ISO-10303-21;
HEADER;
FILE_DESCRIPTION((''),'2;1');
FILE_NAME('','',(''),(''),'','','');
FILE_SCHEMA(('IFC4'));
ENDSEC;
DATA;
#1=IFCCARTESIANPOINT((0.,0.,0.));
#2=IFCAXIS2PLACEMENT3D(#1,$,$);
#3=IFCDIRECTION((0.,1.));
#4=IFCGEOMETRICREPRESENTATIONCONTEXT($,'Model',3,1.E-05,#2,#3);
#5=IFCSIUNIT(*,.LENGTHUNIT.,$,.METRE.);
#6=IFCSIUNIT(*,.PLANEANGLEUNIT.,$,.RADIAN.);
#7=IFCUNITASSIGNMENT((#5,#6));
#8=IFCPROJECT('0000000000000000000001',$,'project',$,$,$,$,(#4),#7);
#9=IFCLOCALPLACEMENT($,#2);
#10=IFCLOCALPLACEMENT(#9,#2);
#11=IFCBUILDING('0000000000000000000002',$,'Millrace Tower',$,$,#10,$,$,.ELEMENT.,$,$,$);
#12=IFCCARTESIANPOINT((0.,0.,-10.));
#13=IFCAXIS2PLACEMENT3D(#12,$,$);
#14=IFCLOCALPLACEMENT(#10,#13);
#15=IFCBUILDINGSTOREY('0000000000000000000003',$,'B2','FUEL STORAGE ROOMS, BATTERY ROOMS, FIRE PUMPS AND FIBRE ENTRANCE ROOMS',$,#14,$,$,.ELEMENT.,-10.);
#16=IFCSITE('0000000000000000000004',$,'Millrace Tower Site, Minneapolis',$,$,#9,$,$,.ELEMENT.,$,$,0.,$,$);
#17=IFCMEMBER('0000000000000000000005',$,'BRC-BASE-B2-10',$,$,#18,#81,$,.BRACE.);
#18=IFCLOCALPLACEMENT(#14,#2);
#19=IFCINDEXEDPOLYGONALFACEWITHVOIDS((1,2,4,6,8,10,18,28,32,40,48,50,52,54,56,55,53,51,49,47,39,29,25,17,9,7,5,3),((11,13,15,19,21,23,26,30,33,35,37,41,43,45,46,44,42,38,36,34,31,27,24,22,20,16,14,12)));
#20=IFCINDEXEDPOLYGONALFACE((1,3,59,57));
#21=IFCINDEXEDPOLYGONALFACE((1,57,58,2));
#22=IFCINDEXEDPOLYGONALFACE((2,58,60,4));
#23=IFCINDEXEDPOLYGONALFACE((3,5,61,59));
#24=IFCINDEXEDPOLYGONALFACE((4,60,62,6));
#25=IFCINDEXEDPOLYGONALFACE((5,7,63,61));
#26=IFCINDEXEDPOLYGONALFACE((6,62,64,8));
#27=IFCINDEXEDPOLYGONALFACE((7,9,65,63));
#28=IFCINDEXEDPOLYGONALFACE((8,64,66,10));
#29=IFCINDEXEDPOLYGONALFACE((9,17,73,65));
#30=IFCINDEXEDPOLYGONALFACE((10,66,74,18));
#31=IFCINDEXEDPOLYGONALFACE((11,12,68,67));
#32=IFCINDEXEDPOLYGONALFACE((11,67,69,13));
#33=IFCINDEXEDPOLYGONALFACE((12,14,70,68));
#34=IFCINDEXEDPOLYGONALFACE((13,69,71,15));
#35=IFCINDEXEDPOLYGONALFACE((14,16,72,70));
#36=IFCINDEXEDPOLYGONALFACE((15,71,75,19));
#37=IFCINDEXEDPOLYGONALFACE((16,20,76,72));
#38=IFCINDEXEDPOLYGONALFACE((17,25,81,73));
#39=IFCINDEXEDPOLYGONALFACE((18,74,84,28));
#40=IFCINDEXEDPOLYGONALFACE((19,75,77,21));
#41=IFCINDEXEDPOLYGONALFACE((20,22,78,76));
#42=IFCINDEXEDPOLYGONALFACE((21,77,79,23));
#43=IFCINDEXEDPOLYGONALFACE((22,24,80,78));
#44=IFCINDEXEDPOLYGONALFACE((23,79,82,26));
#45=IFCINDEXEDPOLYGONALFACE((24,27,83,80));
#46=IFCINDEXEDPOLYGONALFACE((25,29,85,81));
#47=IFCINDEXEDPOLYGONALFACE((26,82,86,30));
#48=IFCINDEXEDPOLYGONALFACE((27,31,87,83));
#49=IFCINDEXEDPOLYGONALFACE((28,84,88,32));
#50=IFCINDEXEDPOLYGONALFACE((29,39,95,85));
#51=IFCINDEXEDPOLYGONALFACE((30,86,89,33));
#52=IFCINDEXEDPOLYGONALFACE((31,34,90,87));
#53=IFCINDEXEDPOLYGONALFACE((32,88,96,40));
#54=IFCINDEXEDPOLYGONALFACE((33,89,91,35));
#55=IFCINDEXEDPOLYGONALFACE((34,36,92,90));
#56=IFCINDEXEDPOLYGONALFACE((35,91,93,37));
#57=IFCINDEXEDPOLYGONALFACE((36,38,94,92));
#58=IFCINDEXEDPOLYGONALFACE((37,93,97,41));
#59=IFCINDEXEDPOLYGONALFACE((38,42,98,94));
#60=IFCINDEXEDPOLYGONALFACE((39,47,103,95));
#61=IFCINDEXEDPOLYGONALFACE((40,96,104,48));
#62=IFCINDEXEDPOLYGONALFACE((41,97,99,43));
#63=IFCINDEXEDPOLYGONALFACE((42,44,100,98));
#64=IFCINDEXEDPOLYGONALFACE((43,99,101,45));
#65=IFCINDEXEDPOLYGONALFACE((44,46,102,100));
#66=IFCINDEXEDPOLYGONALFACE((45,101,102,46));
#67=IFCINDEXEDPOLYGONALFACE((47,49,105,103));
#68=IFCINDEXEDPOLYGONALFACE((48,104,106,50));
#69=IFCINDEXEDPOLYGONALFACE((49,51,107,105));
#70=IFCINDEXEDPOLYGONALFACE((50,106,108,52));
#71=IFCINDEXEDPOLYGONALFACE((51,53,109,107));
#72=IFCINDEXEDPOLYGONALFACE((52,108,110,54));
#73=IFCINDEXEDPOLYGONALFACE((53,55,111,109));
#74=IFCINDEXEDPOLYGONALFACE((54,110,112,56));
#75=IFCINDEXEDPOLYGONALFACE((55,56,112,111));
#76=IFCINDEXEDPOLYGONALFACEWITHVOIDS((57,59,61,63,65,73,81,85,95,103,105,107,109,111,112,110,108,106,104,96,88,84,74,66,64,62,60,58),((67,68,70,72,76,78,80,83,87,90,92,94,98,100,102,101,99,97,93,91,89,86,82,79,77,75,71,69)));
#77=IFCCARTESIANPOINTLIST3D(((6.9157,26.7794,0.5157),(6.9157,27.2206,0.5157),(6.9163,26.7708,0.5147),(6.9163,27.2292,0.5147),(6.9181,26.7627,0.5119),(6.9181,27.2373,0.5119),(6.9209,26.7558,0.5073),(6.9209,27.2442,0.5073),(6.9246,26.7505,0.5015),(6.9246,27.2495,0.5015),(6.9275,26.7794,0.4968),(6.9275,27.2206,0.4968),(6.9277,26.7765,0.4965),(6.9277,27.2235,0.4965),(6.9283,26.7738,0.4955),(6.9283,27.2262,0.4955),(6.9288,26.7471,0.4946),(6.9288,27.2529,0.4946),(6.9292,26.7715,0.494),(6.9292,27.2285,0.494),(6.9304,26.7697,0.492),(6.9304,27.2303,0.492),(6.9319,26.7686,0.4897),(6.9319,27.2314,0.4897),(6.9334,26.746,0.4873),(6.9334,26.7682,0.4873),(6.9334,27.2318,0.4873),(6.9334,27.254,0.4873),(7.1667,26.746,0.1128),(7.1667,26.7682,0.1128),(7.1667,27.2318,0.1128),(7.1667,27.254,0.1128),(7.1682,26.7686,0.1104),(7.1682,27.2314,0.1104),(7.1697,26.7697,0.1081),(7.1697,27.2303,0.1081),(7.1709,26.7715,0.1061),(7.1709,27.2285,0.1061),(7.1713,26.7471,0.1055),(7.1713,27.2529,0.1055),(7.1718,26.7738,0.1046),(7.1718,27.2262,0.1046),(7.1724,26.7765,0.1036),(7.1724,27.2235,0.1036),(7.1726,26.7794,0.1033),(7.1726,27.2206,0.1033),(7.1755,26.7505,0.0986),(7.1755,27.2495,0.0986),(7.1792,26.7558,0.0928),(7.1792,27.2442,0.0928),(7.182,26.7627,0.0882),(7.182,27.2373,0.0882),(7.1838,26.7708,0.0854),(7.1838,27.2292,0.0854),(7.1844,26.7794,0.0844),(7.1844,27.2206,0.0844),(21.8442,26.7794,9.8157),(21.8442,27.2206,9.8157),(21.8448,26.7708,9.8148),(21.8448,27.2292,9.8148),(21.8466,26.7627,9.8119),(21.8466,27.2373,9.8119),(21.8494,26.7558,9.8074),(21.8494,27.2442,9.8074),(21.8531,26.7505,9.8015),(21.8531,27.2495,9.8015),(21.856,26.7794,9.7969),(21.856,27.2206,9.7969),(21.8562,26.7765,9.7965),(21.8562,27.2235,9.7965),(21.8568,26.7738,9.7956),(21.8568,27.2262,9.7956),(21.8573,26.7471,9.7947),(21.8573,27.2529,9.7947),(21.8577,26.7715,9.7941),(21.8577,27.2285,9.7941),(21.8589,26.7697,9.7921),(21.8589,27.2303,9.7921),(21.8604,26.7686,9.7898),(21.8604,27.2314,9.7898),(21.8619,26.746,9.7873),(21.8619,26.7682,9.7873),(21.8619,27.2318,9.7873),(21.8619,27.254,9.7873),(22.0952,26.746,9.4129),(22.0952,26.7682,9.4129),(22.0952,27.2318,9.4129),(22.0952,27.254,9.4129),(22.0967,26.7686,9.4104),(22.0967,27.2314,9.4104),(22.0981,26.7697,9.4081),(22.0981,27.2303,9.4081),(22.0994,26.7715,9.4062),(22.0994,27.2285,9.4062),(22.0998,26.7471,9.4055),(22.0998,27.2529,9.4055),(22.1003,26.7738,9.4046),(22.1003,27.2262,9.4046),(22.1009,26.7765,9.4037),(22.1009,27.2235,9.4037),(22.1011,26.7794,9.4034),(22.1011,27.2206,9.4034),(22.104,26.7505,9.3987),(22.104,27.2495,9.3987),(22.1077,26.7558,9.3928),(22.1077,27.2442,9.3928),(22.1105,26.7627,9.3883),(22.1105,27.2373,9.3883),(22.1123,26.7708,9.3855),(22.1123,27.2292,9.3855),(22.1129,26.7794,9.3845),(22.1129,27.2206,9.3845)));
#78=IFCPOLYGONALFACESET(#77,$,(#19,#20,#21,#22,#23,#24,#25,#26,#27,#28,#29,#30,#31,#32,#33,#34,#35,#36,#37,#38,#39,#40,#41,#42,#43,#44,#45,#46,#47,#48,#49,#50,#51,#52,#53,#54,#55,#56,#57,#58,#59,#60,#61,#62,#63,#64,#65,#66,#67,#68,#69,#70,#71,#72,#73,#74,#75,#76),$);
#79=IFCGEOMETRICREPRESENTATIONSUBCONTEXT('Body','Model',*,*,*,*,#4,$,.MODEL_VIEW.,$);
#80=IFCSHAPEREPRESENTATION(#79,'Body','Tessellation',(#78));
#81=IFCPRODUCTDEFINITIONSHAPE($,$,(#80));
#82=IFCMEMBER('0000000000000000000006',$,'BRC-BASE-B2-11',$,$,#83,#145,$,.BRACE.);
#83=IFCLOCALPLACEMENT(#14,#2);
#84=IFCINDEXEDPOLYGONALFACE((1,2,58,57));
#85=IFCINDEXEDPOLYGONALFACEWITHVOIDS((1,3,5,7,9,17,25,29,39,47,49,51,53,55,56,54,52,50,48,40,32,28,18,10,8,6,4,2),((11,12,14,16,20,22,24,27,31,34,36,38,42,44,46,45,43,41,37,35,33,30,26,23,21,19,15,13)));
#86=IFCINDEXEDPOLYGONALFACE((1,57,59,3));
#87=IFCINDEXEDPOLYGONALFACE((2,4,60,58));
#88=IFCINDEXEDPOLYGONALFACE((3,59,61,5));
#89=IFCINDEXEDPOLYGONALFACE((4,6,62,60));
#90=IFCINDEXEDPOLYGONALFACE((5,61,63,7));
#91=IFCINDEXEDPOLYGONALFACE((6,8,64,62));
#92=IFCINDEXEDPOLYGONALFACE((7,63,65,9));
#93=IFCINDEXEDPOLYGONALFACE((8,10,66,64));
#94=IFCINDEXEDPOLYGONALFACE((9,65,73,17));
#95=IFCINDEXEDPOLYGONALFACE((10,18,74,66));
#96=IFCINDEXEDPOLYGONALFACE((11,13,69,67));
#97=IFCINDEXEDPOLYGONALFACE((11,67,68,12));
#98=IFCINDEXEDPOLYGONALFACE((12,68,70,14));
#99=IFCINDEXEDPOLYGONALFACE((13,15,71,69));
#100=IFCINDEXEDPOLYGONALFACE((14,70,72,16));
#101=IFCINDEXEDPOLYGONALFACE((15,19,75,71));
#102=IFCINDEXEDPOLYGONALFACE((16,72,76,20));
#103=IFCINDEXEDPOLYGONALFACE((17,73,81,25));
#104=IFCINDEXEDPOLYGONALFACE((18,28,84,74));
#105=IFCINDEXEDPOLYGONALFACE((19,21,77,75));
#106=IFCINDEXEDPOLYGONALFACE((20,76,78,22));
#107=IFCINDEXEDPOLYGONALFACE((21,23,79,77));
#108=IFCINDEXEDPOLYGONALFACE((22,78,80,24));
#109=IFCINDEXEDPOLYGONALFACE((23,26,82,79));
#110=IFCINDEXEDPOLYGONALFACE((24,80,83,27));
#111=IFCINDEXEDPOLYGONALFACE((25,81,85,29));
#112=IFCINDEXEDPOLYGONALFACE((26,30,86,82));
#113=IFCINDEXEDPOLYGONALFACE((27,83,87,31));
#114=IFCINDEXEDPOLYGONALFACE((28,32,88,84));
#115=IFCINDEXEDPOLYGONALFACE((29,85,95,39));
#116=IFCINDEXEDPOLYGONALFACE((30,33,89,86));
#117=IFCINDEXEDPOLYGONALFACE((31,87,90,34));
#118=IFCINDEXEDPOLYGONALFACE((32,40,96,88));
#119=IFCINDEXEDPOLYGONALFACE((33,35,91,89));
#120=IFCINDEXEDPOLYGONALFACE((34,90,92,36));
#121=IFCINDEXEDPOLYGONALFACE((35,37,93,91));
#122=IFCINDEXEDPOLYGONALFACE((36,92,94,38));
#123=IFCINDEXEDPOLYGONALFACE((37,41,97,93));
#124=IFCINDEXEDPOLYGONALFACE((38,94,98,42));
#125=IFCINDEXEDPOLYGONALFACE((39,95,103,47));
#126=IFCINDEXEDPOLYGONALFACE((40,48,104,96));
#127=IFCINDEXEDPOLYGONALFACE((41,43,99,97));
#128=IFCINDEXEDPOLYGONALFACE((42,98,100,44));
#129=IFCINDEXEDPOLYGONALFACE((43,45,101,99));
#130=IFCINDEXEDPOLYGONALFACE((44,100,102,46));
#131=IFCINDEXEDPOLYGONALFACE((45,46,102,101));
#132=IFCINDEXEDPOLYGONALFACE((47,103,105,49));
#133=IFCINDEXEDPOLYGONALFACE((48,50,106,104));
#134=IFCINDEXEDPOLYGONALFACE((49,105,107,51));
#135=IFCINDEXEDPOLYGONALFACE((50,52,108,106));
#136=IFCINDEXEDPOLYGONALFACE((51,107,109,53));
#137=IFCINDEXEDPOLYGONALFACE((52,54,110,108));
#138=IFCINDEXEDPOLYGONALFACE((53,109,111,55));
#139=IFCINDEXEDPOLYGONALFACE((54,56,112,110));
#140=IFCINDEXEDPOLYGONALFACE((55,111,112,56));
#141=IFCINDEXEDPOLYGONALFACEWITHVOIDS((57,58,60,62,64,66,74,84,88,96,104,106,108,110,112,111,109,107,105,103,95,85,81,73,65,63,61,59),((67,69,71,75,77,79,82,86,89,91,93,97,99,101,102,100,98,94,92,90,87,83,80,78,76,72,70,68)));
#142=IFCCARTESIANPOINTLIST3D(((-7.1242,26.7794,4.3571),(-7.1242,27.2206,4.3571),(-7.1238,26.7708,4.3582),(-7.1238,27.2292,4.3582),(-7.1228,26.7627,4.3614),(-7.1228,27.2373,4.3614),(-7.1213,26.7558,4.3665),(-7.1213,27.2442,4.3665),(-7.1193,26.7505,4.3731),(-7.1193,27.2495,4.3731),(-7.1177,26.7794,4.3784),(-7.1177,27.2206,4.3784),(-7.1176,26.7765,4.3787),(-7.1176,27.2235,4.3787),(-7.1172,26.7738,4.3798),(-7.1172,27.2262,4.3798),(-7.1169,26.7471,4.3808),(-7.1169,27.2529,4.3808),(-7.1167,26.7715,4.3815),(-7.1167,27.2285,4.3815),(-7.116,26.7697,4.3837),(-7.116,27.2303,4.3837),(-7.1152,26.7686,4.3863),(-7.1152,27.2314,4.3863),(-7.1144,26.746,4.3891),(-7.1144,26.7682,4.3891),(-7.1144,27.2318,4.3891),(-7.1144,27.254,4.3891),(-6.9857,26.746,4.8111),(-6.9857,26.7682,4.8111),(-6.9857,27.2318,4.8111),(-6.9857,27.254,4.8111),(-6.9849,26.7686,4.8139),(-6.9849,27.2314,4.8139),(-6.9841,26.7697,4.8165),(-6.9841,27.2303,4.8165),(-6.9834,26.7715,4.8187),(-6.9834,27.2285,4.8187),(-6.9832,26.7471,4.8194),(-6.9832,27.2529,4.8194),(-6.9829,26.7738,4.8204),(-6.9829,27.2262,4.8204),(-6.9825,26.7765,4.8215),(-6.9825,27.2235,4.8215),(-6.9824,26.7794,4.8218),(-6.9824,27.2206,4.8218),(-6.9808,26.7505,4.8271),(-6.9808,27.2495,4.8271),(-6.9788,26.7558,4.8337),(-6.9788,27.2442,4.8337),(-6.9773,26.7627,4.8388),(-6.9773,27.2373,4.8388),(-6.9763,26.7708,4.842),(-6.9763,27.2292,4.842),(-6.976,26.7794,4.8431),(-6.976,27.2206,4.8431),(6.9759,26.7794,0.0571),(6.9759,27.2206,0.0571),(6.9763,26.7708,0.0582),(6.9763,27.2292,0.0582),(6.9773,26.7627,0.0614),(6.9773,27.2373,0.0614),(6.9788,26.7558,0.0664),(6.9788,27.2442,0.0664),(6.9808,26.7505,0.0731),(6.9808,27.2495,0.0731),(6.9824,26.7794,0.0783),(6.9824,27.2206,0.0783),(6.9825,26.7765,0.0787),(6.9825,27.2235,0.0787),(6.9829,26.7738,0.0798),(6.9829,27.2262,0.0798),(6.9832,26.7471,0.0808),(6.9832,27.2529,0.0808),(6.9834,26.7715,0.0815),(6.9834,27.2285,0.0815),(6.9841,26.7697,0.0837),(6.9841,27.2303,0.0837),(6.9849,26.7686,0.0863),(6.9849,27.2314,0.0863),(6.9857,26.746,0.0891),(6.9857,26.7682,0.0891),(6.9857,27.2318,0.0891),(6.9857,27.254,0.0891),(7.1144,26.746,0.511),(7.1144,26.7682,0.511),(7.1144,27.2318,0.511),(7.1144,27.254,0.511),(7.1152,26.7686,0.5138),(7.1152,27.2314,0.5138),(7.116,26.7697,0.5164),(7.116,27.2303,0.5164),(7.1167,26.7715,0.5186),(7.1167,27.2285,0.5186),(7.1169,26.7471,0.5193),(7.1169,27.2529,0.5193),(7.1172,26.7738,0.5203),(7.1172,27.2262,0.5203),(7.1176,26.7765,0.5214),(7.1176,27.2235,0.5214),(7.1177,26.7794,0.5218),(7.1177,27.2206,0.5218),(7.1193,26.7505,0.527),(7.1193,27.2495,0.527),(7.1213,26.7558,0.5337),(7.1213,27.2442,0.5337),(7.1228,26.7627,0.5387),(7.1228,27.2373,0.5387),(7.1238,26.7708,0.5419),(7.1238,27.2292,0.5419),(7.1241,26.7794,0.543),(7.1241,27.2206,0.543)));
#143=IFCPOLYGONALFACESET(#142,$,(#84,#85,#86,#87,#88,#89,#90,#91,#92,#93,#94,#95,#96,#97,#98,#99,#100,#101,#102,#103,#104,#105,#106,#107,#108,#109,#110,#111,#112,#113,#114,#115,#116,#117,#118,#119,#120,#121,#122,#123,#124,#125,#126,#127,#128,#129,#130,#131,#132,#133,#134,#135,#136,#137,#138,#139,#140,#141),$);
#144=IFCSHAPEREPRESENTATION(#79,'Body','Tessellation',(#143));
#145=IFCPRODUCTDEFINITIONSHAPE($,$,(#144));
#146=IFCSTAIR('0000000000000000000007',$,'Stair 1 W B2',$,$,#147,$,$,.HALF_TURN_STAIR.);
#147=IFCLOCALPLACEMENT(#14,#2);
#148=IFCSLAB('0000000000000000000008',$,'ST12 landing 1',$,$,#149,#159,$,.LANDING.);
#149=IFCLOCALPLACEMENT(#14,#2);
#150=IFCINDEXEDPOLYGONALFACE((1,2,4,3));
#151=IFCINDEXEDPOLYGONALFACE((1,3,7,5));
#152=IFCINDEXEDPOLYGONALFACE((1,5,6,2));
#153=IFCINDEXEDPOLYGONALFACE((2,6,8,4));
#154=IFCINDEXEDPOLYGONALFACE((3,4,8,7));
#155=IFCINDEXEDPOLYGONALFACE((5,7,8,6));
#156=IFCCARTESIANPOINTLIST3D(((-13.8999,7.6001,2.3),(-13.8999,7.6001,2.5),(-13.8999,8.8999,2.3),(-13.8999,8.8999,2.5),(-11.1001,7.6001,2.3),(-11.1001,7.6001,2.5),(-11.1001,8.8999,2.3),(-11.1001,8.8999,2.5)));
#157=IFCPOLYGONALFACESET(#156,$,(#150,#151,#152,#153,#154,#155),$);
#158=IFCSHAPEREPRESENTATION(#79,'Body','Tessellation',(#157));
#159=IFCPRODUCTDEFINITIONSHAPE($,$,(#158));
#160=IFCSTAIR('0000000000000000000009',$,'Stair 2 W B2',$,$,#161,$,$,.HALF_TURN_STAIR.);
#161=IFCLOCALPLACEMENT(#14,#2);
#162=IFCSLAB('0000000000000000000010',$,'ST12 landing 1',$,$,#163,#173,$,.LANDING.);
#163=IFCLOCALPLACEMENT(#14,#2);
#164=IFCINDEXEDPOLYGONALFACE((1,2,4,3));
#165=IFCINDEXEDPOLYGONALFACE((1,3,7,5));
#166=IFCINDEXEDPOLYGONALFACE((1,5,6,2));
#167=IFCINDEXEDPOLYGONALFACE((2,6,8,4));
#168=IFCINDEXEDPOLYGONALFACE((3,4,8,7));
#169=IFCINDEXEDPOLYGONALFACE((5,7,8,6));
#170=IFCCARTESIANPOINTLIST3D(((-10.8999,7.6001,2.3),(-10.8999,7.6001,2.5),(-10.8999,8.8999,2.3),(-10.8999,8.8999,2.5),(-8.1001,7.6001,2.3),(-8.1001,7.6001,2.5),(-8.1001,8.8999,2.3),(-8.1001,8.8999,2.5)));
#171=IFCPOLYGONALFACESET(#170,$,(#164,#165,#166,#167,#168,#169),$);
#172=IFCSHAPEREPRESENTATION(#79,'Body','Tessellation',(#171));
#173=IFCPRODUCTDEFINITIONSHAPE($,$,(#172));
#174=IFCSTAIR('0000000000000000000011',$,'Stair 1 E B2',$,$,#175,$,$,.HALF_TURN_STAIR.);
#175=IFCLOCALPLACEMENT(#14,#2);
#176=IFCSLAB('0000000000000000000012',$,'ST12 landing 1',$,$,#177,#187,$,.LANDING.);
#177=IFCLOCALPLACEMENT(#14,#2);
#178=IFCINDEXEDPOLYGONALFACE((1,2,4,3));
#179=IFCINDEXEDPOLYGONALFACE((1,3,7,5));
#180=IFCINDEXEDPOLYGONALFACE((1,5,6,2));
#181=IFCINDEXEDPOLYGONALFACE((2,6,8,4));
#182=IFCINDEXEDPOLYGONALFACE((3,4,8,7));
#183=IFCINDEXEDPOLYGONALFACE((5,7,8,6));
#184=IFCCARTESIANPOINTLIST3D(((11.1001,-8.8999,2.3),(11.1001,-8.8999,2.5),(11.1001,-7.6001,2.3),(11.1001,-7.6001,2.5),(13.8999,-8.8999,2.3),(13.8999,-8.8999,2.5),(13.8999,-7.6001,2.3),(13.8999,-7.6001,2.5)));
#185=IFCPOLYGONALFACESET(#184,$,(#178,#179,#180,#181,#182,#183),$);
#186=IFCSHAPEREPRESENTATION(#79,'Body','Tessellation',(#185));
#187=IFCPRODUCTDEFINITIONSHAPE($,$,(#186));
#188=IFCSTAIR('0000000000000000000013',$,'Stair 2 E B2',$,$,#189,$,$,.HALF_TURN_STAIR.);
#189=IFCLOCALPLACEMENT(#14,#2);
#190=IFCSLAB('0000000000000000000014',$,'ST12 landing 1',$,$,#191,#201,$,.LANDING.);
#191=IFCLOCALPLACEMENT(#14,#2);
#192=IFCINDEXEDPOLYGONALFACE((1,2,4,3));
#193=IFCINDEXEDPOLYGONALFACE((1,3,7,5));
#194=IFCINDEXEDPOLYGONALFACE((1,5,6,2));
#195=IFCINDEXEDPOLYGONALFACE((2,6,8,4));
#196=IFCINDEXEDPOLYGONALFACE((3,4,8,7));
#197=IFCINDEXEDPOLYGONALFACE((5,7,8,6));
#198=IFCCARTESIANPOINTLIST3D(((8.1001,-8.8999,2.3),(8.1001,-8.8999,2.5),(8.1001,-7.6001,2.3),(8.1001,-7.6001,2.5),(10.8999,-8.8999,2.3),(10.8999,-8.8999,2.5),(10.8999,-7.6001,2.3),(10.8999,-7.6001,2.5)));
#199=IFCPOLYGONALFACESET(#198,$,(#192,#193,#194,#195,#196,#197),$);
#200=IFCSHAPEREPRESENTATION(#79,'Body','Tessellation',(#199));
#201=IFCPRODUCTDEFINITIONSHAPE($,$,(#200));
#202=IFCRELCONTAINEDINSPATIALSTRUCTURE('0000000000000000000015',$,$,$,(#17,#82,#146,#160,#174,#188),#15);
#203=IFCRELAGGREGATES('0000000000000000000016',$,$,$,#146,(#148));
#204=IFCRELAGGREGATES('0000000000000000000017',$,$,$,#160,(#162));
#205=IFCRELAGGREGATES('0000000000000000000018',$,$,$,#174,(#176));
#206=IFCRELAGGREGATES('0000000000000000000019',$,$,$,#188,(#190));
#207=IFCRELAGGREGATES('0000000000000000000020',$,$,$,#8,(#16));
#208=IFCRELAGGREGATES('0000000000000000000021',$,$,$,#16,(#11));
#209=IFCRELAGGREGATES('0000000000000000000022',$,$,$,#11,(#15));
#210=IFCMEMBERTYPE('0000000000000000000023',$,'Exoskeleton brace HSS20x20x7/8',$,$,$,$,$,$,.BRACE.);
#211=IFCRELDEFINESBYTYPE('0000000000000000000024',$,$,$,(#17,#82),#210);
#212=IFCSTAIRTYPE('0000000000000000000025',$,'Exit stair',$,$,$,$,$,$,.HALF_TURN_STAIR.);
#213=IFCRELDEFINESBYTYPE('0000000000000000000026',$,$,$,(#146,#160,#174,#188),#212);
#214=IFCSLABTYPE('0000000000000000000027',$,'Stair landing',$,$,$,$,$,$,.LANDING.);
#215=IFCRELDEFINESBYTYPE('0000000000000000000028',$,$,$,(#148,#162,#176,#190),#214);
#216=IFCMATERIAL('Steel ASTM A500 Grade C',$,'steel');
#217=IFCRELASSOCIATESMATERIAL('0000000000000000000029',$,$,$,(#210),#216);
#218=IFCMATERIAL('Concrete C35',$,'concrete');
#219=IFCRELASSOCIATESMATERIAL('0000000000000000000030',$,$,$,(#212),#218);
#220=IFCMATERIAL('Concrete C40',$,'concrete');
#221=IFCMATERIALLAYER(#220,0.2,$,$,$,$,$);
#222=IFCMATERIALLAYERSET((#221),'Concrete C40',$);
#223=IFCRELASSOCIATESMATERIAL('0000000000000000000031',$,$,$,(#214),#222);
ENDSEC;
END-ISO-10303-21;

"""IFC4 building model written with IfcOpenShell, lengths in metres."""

from ifc_helpers import new_model, si_unit, direction, frame, origin, origin_2d, place, context, subcontext, project, spatial, polyline, hollow_rectangle, outline, extrude, material, layer, layer_set, material_profile, profile_set, type_object, element, aggregate, save


model = new_model("IFC4")

# Units and contexts
model_context = context("Model", 3, precision=1e-05, world=origin(), true_north=direction((0.0, 1.0)))
body_context = subcontext(model_context, "Body", "Model", "MODEL_VIEW")
ifc_project = project(units=[si_unit("LENGTHUNIT", "METRE"), si_unit("PLANEANGLEUNIT", "RADIAN")], contexts=[model_context])

# Site, building, storey
site_placement = place(None, origin())
site = spatial("IfcSite", under=ifc_project, at=site_placement, Name="Millrace Tower Site, Minneapolis", CompositionType="ELEMENT", RefElevation=0.0)
building_placement = place(site_placement, origin())
building = spatial("IfcBuilding", under=site, at=building_placement, Name="Millrace Tower", CompositionType="ELEMENT")
storey_placement = place(building_placement, frame((0.0, 0.0, -10.0)))
storey = spatial("IfcBuildingStorey", under=building, at=storey_placement, Name="B2", Description="FUEL STORAGE ROOMS, BATTERY ROOMS, FIRE PUMPS AND FIBRE ENTRANCE ROOMS", CompositionType="ELEMENT", Elevation=-10.0)

# Members
ifc_material_1 = material(Name="Steel ASTM A500 Grade C", Category="steel")
ifc_material_profile_1 = material_profile(ifc_material_1, hollow_rectangle(XDim=0.5081, YDim=0.5081, WallThickness=0.0222, InnerFilletRadius=0.0112, OuterFilletRadius=0.0334, at=origin_2d()))
ifc_profile_set_1 = profile_set([ifc_material_profile_1], Name="Steel ASTM A500 Grade C")
member_type = type_object("IfcMemberType", Name="Exoskeleton brace HSS20x20x7/8", PredefinedType="BRACE", material=ifc_profile_set_1)
member_1_placement = place(storey_placement, frame((7.05, 27.0, 0.3), z_axis=(0.84877, 0.0, 0.528762), x_axis=(0.0, 1.0, 0.0)))
element("IfcMember", 1, at=member_1_placement, inside=storey, type_object=member_type, Name="BRC-BASE-B2-10", PredefinedType="BRACE", context=body_context, shape_type="SweptSolid", body=[
    extrude(hollow_rectangle(XDim=0.5081, YDim=0.5081, WallThickness=0.0222, InnerFilletRadius=0.0112, OuterFilletRadius=0.0334, at=origin_2d()), origin(), (0.0, 0.0, 1.0), 17.5884),
])
member_2_placement = place(storey_placement, frame((7.05, 27.0, 0.3), z_axis=(-0.956509, 0.0, 0.291703), x_axis=(0.0, -1.0, 0.0)))
element("IfcMember", 2, at=member_2_placement, inside=storey, type_object=member_type, Name="BRC-BASE-B2-11", PredefinedType="BRACE", context=body_context, shape_type="SweptSolid", body=[
    extrude(hollow_rectangle(XDim=0.5081, YDim=0.5081, WallThickness=0.0222, InnerFilletRadius=0.0112, OuterFilletRadius=0.0334, at=origin_2d()), origin(), (0.0, 0.0, 1.0), 14.7412),
])

# Stairs, slabs
ifc_material_2 = material(Name="Concrete C35", Category="concrete")
stair_type = type_object("IfcStairType", Name="Exit stair", PredefinedType="HALF_TURN_STAIR", material=ifc_material_2)
placement_1 = place(storey_placement, origin())
stair_1 = element("IfcStair", 3, at=placement_1, inside=storey, type_object=stair_type, Name="Stair 1 W B2", PredefinedType="HALF_TURN_STAIR")
ifc_material_3 = material(Name="Concrete C40", Category="concrete")
ifc_layer_1 = layer(ifc_material_3, 0.2)
ifc_layer_set_1 = layer_set([ifc_layer_1], Name="Concrete C40")
slab_type = type_object("IfcSlabType", Name="Stair landing", PredefinedType="LANDING", material=ifc_layer_set_1)
placement_2 = place(storey_placement, frame((0.0, 0.0, 2.3)))
slab_1 = element("IfcSlab", 4, at=placement_2, type_object=slab_type, Name="ST12 landing 1", PredefinedType="LANDING", context=body_context, shape_type="SweptSolid", body=[
    extrude(outline(polyline([(-13.8999, 7.6001), (-11.1001, 7.6001), (-11.1001, 8.8999), (-13.8999, 8.8999), (-13.8999, 7.6001)])), origin(), (0.0, 0.0, 1.0), 0.2),
])
aggregate(stair_1, [slab_1])
stair_2 = element("IfcStair", 5, at=placement_1, inside=storey, type_object=stair_type, Name="Stair 2 W B2", PredefinedType="HALF_TURN_STAIR")
slab_2 = element("IfcSlab", 6, at=placement_2, type_object=slab_type, Name="ST12 landing 1", PredefinedType="LANDING", context=body_context, shape_type="SweptSolid", body=[
    extrude(outline(polyline([(-10.8999, 7.6001), (-8.1001, 7.6001), (-8.1001, 8.8999), (-10.8999, 8.8999), (-10.8999, 7.6001)])), origin(), (0.0, 0.0, 1.0), 0.2),
])
aggregate(stair_2, [slab_2])
stair_3 = element("IfcStair", 7, at=placement_1, inside=storey, type_object=stair_type, Name="Stair 1 E B2", PredefinedType="HALF_TURN_STAIR")
slab_3 = element("IfcSlab", 8, at=placement_2, type_object=slab_type, Name="ST12 landing 1", PredefinedType="LANDING", context=body_context, shape_type="SweptSolid", body=[
    extrude(outline(polyline([(11.1001, -8.8999), (13.8999, -8.8999), (13.8999, -7.6001), (11.1001, -7.6001), (11.1001, -8.8999)])), origin(), (0.0, 0.0, 1.0), 0.2),
])
aggregate(stair_3, [slab_3])
stair_4 = element("IfcStair", 9, at=placement_1, inside=storey, type_object=stair_type, Name="Stair 2 E B2", PredefinedType="HALF_TURN_STAIR")
slab_4 = element("IfcSlab", 10, at=placement_2, type_object=slab_type, Name="ST12 landing 1", PredefinedType="LANDING", context=body_context, shape_type="SweptSolid", body=[
    extrude(outline(polyline([(8.1001, -8.8999), (10.8999, -8.8999), (10.8999, -7.6001), (8.1001, -7.6001), (8.1001, -8.8999)])), origin(), (0.0, 0.0, 1.0), 0.2),
])
aggregate(stair_4, [slab_4])

save(model, "model.ifc")
